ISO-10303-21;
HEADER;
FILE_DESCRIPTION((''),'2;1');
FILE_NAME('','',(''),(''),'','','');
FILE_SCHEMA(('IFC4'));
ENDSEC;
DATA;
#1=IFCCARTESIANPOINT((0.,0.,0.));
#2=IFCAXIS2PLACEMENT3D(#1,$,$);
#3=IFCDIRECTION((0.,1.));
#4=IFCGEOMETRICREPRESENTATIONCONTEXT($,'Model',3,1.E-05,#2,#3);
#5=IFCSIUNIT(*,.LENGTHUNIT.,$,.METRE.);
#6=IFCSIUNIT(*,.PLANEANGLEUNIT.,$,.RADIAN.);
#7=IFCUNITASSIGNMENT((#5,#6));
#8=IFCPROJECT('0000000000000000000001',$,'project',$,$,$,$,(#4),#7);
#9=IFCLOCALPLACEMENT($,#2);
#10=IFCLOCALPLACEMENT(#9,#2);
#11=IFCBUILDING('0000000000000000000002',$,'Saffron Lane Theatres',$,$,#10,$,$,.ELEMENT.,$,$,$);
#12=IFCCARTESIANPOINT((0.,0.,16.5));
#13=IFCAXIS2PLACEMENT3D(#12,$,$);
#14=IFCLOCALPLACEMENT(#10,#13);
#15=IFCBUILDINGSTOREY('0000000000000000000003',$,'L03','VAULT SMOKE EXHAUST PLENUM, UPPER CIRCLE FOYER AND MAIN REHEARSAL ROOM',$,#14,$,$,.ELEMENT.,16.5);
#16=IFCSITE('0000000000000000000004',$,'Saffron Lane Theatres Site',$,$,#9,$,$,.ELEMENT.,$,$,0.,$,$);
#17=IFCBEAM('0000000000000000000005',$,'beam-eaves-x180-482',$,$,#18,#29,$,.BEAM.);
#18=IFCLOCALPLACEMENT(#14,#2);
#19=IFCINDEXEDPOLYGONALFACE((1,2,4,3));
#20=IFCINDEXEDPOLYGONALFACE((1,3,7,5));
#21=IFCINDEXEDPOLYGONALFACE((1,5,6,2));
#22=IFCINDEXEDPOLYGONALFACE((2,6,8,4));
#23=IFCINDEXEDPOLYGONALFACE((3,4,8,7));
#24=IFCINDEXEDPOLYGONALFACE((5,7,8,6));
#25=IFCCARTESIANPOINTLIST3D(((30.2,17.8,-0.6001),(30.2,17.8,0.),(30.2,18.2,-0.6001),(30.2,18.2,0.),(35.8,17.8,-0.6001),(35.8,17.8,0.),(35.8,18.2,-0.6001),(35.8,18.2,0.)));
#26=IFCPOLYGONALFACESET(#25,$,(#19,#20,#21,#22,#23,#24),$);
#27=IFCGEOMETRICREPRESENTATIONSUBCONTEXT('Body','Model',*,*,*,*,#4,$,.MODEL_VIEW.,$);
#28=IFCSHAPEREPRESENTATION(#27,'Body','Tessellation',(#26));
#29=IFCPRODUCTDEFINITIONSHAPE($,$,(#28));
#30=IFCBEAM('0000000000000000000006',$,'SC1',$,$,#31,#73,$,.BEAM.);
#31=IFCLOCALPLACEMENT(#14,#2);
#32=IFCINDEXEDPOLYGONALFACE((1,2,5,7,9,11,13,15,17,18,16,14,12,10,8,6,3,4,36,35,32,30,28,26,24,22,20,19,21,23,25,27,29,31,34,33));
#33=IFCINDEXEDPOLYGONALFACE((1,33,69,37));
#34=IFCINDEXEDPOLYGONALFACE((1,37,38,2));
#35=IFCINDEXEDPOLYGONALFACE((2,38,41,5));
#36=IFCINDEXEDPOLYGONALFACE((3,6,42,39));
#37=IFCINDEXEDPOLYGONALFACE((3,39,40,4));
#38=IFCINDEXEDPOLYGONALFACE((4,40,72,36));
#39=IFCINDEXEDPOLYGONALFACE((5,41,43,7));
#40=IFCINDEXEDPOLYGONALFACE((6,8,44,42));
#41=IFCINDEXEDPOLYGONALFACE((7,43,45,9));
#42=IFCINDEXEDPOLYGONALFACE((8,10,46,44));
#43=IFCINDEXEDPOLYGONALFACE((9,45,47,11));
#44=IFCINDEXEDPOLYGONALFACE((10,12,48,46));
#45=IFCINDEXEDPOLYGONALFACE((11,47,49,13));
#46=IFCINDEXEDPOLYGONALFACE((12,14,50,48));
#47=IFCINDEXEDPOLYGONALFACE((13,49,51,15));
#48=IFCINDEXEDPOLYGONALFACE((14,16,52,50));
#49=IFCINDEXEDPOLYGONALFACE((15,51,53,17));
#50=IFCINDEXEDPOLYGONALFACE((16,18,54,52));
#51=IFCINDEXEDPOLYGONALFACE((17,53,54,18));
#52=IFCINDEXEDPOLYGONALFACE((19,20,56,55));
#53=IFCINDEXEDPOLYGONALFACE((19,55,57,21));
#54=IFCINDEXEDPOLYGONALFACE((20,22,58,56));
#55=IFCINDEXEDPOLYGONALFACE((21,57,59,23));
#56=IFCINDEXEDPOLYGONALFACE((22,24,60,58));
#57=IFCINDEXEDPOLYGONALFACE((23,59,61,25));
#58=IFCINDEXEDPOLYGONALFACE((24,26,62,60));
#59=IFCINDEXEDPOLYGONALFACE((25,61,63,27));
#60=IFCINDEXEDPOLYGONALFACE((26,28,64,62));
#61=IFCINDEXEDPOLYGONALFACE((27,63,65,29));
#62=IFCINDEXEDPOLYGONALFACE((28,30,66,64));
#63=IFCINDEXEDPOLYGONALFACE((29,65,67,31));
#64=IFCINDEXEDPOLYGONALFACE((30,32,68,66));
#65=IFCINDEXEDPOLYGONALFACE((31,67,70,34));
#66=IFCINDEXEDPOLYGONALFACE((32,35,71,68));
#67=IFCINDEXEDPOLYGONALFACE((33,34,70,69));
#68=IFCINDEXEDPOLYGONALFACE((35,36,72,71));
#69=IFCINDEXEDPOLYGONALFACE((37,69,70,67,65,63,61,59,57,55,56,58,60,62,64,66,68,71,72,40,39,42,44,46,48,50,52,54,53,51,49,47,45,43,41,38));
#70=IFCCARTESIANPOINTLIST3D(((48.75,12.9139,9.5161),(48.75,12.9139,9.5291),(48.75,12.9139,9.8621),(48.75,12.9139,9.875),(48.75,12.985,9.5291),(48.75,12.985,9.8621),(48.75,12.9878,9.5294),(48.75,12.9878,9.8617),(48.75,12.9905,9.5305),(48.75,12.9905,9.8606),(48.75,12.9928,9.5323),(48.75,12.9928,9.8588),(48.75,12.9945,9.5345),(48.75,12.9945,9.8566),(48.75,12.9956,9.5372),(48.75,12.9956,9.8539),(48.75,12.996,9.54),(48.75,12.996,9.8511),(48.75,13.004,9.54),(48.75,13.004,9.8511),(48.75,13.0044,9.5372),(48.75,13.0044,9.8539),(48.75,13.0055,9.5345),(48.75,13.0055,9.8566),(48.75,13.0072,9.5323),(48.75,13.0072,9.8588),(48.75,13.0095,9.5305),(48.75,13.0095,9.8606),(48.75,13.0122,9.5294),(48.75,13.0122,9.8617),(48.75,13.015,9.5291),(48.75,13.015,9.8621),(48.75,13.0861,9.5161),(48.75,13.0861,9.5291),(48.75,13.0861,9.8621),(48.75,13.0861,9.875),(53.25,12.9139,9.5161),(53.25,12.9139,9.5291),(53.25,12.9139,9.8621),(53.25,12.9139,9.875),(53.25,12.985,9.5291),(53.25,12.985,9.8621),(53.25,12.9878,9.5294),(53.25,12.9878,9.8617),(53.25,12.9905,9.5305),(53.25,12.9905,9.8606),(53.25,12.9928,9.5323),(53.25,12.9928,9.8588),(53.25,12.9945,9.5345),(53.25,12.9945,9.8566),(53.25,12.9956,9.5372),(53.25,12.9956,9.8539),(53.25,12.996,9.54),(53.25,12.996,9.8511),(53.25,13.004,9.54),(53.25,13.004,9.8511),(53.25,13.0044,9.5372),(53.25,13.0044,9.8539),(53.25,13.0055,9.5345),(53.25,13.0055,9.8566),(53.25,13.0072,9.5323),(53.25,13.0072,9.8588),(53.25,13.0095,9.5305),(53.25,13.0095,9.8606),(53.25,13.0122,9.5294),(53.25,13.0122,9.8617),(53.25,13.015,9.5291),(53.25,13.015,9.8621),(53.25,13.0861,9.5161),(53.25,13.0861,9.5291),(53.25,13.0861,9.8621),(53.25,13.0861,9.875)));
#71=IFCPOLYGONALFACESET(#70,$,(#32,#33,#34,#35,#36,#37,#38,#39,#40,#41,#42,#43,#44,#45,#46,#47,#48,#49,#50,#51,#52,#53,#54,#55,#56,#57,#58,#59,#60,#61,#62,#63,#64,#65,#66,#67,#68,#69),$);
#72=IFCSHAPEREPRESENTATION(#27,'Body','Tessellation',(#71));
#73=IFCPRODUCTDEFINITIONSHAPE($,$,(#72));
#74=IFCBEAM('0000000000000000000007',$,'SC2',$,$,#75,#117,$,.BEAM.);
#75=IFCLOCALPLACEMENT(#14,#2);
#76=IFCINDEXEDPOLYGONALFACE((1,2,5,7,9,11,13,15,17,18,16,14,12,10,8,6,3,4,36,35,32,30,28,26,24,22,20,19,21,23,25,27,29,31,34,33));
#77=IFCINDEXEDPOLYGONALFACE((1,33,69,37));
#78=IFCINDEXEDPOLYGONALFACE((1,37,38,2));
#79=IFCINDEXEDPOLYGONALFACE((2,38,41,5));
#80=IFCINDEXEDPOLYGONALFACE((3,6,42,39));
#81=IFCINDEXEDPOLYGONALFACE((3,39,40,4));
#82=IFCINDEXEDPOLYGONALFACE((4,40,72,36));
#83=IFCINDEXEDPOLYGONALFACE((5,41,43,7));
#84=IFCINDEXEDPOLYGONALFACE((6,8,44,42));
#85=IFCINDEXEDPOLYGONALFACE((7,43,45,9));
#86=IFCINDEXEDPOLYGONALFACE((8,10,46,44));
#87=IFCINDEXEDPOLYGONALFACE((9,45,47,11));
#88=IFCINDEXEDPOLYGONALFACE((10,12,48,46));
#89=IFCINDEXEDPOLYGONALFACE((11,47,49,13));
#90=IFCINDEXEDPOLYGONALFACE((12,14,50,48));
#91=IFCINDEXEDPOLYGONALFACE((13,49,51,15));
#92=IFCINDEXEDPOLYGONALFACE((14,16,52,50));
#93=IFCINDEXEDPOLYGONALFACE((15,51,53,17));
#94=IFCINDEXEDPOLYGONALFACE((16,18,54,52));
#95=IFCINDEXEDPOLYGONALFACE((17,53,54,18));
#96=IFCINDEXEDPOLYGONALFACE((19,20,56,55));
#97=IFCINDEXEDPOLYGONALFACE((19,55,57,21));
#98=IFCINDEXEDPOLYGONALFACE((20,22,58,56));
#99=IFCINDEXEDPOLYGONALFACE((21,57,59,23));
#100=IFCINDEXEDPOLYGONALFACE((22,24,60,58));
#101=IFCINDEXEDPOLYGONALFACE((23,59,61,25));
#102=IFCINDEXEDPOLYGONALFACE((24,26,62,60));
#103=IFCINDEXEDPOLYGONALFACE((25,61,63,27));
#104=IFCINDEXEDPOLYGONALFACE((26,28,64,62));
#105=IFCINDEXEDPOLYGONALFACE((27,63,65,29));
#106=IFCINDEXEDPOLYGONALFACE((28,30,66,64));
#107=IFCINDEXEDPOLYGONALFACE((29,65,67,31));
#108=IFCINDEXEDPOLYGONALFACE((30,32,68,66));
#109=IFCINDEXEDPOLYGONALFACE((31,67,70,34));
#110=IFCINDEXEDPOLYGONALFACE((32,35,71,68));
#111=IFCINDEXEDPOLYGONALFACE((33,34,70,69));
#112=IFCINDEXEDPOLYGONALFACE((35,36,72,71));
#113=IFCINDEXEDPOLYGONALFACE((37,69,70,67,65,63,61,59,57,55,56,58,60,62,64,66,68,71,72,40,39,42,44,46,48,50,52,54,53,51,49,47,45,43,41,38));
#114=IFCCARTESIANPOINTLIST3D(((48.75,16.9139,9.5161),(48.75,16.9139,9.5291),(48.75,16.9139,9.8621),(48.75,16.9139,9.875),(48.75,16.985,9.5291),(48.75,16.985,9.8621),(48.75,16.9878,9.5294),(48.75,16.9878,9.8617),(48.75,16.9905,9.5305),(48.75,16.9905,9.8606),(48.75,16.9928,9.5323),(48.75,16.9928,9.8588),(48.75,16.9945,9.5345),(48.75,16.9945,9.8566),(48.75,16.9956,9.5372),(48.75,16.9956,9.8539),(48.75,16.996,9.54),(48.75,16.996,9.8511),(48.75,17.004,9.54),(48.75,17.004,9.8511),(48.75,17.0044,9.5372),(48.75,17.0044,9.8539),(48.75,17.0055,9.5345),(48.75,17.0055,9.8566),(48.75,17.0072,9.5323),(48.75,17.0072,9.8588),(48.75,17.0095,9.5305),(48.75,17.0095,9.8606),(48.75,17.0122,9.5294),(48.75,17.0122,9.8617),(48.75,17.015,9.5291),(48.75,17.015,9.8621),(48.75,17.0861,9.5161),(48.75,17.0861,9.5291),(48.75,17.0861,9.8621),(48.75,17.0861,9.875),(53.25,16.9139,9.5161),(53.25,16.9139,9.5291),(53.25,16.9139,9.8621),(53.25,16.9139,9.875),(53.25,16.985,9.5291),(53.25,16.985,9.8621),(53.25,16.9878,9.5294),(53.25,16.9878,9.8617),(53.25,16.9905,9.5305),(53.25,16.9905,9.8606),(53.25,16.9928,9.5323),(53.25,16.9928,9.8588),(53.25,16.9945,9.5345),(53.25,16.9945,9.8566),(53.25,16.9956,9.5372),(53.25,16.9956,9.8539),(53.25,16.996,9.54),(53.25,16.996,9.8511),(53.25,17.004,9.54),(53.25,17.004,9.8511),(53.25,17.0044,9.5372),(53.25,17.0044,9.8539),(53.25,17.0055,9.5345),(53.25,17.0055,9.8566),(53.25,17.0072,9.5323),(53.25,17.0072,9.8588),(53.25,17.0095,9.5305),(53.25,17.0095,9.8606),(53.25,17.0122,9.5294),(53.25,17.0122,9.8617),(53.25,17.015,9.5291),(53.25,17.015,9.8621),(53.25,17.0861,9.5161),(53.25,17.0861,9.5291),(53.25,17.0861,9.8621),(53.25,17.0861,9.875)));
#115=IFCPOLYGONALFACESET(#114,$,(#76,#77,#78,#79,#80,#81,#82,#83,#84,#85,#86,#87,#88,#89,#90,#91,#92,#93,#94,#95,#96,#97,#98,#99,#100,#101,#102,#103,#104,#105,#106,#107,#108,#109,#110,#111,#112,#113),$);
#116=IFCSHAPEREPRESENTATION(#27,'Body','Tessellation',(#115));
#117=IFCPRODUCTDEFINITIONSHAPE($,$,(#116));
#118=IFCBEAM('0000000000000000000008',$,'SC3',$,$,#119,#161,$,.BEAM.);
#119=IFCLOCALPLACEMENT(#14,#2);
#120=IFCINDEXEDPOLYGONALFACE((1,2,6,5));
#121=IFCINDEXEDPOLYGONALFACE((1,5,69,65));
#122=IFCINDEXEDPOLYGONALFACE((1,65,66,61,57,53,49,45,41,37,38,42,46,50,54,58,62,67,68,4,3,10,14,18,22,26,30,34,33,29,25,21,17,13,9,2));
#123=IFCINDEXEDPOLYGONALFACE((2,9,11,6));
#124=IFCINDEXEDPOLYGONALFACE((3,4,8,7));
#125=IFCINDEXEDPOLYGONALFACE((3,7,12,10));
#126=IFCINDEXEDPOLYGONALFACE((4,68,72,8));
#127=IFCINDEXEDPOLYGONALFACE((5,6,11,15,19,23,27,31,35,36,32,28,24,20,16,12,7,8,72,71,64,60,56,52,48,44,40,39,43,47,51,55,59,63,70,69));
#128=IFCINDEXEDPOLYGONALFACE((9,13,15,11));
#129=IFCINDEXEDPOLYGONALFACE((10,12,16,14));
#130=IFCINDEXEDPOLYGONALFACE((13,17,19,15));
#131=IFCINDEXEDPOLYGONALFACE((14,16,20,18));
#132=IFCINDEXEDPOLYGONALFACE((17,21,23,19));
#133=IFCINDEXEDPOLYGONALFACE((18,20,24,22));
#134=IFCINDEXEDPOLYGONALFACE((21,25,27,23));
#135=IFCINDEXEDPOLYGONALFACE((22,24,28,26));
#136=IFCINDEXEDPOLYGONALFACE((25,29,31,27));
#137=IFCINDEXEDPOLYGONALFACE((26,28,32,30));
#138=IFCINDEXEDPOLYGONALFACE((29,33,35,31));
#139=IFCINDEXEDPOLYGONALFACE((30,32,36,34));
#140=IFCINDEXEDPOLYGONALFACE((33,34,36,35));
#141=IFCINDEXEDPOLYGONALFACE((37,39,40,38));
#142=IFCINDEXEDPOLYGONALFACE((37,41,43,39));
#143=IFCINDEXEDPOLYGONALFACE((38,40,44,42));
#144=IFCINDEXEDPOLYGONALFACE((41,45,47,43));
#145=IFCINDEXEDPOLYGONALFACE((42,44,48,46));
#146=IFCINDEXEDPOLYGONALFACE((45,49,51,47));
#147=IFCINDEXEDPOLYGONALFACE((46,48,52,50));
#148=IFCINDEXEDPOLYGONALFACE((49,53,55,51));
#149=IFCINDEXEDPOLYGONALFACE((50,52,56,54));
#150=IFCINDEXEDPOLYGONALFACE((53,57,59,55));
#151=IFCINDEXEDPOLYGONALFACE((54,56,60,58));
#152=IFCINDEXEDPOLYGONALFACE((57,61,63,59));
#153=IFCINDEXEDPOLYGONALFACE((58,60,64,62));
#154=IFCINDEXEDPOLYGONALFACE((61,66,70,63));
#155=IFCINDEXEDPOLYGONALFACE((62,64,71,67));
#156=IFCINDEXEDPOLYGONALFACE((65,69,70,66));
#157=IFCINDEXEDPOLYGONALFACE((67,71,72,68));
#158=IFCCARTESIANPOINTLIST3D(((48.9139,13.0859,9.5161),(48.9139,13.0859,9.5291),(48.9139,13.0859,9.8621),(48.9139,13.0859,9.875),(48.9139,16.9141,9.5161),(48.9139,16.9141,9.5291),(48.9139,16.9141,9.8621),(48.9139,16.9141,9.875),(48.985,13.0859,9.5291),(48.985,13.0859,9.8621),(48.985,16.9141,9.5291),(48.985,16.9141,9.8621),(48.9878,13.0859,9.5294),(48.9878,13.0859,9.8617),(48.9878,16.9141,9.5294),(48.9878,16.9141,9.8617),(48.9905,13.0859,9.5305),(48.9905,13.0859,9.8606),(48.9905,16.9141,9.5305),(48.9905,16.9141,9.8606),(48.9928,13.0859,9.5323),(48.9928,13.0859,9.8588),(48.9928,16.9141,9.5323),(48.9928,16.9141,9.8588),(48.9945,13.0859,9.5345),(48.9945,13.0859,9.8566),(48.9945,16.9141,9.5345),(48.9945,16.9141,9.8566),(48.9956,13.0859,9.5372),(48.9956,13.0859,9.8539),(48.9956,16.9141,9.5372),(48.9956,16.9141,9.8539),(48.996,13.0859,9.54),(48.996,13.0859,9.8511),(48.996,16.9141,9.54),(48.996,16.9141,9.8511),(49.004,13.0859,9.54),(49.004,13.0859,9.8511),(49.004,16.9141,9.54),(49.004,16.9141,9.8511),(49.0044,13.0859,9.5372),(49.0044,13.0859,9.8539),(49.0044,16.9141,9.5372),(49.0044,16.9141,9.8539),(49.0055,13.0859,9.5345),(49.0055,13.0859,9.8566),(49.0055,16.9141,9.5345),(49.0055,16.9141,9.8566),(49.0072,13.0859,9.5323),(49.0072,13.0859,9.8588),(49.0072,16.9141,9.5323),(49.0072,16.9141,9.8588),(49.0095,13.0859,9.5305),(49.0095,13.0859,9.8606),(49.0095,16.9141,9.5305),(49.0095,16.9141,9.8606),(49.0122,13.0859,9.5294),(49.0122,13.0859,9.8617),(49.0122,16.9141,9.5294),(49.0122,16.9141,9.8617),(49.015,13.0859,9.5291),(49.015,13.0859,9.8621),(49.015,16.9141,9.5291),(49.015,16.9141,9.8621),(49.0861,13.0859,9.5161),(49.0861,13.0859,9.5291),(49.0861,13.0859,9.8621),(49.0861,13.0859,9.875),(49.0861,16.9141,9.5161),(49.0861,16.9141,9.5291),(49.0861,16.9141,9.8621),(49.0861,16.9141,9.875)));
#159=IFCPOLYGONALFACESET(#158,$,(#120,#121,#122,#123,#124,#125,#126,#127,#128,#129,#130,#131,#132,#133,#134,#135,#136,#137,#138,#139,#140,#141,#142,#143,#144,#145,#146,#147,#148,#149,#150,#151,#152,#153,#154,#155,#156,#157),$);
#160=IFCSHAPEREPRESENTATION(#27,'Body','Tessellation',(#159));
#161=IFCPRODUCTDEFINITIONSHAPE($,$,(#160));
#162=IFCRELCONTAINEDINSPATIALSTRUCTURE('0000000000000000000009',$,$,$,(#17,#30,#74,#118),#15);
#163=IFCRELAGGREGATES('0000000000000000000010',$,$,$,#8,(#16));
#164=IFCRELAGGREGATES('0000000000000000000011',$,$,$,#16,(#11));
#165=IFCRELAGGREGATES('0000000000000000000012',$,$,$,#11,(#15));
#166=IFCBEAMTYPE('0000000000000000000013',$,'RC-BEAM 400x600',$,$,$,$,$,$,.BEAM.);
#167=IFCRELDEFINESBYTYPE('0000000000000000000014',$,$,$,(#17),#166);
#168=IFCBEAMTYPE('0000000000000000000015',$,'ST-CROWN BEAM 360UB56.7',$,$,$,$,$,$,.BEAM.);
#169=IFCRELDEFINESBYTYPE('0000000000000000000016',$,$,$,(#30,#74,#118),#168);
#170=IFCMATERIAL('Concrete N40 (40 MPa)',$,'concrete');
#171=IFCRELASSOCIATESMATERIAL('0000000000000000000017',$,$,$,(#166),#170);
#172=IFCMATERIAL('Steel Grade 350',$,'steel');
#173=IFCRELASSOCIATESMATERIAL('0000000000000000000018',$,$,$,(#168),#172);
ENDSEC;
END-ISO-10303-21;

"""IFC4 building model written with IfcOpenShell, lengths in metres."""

from ifc_helpers import new_model, si_unit, direction, frame, origin, origin_2d, place, context, subcontext, project, spatial, rectangle, i_section, extrude, material, material_profile, profile_set, type_object, element, save


model = new_model("IFC4")

# Units and contexts
model_context = context("Model", 3, precision=1e-05, world=origin(), true_north=direction((0.0, 1.0)))
body_context = subcontext(model_context, "Body", "Model", "MODEL_VIEW")
ifc_project = project(units=[si_unit("LENGTHUNIT", "METRE"), si_unit("PLANEANGLEUNIT", "RADIAN")], contexts=[model_context])

# Site, building, storey
site_placement = place(None, origin())
site = spatial("IfcSite", under=ifc_project, at=site_placement, Name="Saffron Lane Theatres Site", CompositionType="ELEMENT", RefElevation=0.0)
building_placement = place(site_placement, origin())
building = spatial("IfcBuilding", under=site, at=building_placement, Name="Saffron Lane Theatres", CompositionType="ELEMENT")
storey_placement = place(building_placement, frame((0.0, 0.0, 16.5)))
storey = spatial("IfcBuildingStorey", under=building, at=storey_placement, Name="L03", Description="VAULT SMOKE EXHAUST PLENUM, UPPER CIRCLE FOYER AND MAIN REHEARSAL ROOM", CompositionType="ELEMENT", Elevation=16.5)

# Beams
ifc_material_1 = material(Name="Concrete N40 (40 MPa)", Category="concrete")
ifc_material_profile_1 = material_profile(ifc_material_1, rectangle(XDim=0.3999, YDim=0.6001, at=origin_2d()))
ifc_profile_set_1 = profile_set([ifc_material_profile_1], Name="Concrete N40 (40 MPa)")
beam_type_1 = type_object("IfcBeamType", Name="RC-BEAM 400x600", PredefinedType="BEAM", material=ifc_profile_set_1)
beam_1_placement = place(storey_placement, frame((30.2, 18.0, -0.3), z_axis=(1.0, 0.0, 0.0), x_axis=(0.0, 1.0, 0.0)))
element("IfcBeam", 1, at=beam_1_placement, inside=storey, type_object=beam_type_1, Name="beam-eaves-x180-482", PredefinedType="BEAM", context=body_context, shape_type="SweptSolid", body=[
    extrude(rectangle(XDim=0.3999, YDim=0.6001, at=origin_2d()), origin(), (0.0, 0.0, 1.0), 5.6001),
])
ifc_material_2 = material(Name="Steel Grade 350", Category="steel")
ifc_material_profile_2 = material_profile(ifc_material_2, i_section(OverallWidth=0.1721, OverallDepth=0.3589, WebThickness=0.0081, FlangeThickness=0.0129, FilletRadius=0.011, at=origin_2d()))
ifc_profile_set_2 = profile_set([ifc_material_profile_2], Name="Steel Grade 350")
beam_type_2 = type_object("IfcBeamType", Name="ST-CROWN BEAM 360UB56.7", PredefinedType="BEAM", material=ifc_profile_set_2)
for number, where, z_axis, x_axis, name in (
    (2, (48.75, 13.0, 9.6956), (1.0, 0.0, 0.0), (0.0, 1.0, 0.0), "SC1"),
    (3, (48.75, 17.0, 9.6956), (1.0, 0.0, 0.0), (0.0, 1.0, 0.0), "SC2"),
):
    element("IfcBeam", number, at=place(storey_placement, frame(where, z_axis=z_axis, x_axis=x_axis)), inside=storey, type_object=beam_type_2, Name=name, PredefinedType="BEAM", context=body_context, shape_type="SweptSolid", body=[
        extrude(i_section(OverallWidth=0.1721, OverallDepth=0.3589, WebThickness=0.0081, FlangeThickness=0.0129, FilletRadius=0.011, at=origin_2d()), origin(), (0.0, 0.0, 1.0), 4.5),
    ])
beam_2_placement = place(storey_placement, frame((49.0, 13.0859, 9.6956), z_axis=(0.0, 1.0, 0.0), x_axis=(-1.0, 0.0, 0.0)))
element("IfcBeam", 4, at=beam_2_placement, inside=storey, type_object=beam_type_2, Name="SC3", PredefinedType="BEAM", context=body_context, shape_type="SweptSolid", body=[
    extrude(i_section(OverallWidth=0.1721, OverallDepth=0.3589, WebThickness=0.0081, FlangeThickness=0.0129, FilletRadius=0.011, at=origin_2d()), origin(), (0.0, 0.0, 1.0), 3.8281),
])

save(model, "model.ifc")
